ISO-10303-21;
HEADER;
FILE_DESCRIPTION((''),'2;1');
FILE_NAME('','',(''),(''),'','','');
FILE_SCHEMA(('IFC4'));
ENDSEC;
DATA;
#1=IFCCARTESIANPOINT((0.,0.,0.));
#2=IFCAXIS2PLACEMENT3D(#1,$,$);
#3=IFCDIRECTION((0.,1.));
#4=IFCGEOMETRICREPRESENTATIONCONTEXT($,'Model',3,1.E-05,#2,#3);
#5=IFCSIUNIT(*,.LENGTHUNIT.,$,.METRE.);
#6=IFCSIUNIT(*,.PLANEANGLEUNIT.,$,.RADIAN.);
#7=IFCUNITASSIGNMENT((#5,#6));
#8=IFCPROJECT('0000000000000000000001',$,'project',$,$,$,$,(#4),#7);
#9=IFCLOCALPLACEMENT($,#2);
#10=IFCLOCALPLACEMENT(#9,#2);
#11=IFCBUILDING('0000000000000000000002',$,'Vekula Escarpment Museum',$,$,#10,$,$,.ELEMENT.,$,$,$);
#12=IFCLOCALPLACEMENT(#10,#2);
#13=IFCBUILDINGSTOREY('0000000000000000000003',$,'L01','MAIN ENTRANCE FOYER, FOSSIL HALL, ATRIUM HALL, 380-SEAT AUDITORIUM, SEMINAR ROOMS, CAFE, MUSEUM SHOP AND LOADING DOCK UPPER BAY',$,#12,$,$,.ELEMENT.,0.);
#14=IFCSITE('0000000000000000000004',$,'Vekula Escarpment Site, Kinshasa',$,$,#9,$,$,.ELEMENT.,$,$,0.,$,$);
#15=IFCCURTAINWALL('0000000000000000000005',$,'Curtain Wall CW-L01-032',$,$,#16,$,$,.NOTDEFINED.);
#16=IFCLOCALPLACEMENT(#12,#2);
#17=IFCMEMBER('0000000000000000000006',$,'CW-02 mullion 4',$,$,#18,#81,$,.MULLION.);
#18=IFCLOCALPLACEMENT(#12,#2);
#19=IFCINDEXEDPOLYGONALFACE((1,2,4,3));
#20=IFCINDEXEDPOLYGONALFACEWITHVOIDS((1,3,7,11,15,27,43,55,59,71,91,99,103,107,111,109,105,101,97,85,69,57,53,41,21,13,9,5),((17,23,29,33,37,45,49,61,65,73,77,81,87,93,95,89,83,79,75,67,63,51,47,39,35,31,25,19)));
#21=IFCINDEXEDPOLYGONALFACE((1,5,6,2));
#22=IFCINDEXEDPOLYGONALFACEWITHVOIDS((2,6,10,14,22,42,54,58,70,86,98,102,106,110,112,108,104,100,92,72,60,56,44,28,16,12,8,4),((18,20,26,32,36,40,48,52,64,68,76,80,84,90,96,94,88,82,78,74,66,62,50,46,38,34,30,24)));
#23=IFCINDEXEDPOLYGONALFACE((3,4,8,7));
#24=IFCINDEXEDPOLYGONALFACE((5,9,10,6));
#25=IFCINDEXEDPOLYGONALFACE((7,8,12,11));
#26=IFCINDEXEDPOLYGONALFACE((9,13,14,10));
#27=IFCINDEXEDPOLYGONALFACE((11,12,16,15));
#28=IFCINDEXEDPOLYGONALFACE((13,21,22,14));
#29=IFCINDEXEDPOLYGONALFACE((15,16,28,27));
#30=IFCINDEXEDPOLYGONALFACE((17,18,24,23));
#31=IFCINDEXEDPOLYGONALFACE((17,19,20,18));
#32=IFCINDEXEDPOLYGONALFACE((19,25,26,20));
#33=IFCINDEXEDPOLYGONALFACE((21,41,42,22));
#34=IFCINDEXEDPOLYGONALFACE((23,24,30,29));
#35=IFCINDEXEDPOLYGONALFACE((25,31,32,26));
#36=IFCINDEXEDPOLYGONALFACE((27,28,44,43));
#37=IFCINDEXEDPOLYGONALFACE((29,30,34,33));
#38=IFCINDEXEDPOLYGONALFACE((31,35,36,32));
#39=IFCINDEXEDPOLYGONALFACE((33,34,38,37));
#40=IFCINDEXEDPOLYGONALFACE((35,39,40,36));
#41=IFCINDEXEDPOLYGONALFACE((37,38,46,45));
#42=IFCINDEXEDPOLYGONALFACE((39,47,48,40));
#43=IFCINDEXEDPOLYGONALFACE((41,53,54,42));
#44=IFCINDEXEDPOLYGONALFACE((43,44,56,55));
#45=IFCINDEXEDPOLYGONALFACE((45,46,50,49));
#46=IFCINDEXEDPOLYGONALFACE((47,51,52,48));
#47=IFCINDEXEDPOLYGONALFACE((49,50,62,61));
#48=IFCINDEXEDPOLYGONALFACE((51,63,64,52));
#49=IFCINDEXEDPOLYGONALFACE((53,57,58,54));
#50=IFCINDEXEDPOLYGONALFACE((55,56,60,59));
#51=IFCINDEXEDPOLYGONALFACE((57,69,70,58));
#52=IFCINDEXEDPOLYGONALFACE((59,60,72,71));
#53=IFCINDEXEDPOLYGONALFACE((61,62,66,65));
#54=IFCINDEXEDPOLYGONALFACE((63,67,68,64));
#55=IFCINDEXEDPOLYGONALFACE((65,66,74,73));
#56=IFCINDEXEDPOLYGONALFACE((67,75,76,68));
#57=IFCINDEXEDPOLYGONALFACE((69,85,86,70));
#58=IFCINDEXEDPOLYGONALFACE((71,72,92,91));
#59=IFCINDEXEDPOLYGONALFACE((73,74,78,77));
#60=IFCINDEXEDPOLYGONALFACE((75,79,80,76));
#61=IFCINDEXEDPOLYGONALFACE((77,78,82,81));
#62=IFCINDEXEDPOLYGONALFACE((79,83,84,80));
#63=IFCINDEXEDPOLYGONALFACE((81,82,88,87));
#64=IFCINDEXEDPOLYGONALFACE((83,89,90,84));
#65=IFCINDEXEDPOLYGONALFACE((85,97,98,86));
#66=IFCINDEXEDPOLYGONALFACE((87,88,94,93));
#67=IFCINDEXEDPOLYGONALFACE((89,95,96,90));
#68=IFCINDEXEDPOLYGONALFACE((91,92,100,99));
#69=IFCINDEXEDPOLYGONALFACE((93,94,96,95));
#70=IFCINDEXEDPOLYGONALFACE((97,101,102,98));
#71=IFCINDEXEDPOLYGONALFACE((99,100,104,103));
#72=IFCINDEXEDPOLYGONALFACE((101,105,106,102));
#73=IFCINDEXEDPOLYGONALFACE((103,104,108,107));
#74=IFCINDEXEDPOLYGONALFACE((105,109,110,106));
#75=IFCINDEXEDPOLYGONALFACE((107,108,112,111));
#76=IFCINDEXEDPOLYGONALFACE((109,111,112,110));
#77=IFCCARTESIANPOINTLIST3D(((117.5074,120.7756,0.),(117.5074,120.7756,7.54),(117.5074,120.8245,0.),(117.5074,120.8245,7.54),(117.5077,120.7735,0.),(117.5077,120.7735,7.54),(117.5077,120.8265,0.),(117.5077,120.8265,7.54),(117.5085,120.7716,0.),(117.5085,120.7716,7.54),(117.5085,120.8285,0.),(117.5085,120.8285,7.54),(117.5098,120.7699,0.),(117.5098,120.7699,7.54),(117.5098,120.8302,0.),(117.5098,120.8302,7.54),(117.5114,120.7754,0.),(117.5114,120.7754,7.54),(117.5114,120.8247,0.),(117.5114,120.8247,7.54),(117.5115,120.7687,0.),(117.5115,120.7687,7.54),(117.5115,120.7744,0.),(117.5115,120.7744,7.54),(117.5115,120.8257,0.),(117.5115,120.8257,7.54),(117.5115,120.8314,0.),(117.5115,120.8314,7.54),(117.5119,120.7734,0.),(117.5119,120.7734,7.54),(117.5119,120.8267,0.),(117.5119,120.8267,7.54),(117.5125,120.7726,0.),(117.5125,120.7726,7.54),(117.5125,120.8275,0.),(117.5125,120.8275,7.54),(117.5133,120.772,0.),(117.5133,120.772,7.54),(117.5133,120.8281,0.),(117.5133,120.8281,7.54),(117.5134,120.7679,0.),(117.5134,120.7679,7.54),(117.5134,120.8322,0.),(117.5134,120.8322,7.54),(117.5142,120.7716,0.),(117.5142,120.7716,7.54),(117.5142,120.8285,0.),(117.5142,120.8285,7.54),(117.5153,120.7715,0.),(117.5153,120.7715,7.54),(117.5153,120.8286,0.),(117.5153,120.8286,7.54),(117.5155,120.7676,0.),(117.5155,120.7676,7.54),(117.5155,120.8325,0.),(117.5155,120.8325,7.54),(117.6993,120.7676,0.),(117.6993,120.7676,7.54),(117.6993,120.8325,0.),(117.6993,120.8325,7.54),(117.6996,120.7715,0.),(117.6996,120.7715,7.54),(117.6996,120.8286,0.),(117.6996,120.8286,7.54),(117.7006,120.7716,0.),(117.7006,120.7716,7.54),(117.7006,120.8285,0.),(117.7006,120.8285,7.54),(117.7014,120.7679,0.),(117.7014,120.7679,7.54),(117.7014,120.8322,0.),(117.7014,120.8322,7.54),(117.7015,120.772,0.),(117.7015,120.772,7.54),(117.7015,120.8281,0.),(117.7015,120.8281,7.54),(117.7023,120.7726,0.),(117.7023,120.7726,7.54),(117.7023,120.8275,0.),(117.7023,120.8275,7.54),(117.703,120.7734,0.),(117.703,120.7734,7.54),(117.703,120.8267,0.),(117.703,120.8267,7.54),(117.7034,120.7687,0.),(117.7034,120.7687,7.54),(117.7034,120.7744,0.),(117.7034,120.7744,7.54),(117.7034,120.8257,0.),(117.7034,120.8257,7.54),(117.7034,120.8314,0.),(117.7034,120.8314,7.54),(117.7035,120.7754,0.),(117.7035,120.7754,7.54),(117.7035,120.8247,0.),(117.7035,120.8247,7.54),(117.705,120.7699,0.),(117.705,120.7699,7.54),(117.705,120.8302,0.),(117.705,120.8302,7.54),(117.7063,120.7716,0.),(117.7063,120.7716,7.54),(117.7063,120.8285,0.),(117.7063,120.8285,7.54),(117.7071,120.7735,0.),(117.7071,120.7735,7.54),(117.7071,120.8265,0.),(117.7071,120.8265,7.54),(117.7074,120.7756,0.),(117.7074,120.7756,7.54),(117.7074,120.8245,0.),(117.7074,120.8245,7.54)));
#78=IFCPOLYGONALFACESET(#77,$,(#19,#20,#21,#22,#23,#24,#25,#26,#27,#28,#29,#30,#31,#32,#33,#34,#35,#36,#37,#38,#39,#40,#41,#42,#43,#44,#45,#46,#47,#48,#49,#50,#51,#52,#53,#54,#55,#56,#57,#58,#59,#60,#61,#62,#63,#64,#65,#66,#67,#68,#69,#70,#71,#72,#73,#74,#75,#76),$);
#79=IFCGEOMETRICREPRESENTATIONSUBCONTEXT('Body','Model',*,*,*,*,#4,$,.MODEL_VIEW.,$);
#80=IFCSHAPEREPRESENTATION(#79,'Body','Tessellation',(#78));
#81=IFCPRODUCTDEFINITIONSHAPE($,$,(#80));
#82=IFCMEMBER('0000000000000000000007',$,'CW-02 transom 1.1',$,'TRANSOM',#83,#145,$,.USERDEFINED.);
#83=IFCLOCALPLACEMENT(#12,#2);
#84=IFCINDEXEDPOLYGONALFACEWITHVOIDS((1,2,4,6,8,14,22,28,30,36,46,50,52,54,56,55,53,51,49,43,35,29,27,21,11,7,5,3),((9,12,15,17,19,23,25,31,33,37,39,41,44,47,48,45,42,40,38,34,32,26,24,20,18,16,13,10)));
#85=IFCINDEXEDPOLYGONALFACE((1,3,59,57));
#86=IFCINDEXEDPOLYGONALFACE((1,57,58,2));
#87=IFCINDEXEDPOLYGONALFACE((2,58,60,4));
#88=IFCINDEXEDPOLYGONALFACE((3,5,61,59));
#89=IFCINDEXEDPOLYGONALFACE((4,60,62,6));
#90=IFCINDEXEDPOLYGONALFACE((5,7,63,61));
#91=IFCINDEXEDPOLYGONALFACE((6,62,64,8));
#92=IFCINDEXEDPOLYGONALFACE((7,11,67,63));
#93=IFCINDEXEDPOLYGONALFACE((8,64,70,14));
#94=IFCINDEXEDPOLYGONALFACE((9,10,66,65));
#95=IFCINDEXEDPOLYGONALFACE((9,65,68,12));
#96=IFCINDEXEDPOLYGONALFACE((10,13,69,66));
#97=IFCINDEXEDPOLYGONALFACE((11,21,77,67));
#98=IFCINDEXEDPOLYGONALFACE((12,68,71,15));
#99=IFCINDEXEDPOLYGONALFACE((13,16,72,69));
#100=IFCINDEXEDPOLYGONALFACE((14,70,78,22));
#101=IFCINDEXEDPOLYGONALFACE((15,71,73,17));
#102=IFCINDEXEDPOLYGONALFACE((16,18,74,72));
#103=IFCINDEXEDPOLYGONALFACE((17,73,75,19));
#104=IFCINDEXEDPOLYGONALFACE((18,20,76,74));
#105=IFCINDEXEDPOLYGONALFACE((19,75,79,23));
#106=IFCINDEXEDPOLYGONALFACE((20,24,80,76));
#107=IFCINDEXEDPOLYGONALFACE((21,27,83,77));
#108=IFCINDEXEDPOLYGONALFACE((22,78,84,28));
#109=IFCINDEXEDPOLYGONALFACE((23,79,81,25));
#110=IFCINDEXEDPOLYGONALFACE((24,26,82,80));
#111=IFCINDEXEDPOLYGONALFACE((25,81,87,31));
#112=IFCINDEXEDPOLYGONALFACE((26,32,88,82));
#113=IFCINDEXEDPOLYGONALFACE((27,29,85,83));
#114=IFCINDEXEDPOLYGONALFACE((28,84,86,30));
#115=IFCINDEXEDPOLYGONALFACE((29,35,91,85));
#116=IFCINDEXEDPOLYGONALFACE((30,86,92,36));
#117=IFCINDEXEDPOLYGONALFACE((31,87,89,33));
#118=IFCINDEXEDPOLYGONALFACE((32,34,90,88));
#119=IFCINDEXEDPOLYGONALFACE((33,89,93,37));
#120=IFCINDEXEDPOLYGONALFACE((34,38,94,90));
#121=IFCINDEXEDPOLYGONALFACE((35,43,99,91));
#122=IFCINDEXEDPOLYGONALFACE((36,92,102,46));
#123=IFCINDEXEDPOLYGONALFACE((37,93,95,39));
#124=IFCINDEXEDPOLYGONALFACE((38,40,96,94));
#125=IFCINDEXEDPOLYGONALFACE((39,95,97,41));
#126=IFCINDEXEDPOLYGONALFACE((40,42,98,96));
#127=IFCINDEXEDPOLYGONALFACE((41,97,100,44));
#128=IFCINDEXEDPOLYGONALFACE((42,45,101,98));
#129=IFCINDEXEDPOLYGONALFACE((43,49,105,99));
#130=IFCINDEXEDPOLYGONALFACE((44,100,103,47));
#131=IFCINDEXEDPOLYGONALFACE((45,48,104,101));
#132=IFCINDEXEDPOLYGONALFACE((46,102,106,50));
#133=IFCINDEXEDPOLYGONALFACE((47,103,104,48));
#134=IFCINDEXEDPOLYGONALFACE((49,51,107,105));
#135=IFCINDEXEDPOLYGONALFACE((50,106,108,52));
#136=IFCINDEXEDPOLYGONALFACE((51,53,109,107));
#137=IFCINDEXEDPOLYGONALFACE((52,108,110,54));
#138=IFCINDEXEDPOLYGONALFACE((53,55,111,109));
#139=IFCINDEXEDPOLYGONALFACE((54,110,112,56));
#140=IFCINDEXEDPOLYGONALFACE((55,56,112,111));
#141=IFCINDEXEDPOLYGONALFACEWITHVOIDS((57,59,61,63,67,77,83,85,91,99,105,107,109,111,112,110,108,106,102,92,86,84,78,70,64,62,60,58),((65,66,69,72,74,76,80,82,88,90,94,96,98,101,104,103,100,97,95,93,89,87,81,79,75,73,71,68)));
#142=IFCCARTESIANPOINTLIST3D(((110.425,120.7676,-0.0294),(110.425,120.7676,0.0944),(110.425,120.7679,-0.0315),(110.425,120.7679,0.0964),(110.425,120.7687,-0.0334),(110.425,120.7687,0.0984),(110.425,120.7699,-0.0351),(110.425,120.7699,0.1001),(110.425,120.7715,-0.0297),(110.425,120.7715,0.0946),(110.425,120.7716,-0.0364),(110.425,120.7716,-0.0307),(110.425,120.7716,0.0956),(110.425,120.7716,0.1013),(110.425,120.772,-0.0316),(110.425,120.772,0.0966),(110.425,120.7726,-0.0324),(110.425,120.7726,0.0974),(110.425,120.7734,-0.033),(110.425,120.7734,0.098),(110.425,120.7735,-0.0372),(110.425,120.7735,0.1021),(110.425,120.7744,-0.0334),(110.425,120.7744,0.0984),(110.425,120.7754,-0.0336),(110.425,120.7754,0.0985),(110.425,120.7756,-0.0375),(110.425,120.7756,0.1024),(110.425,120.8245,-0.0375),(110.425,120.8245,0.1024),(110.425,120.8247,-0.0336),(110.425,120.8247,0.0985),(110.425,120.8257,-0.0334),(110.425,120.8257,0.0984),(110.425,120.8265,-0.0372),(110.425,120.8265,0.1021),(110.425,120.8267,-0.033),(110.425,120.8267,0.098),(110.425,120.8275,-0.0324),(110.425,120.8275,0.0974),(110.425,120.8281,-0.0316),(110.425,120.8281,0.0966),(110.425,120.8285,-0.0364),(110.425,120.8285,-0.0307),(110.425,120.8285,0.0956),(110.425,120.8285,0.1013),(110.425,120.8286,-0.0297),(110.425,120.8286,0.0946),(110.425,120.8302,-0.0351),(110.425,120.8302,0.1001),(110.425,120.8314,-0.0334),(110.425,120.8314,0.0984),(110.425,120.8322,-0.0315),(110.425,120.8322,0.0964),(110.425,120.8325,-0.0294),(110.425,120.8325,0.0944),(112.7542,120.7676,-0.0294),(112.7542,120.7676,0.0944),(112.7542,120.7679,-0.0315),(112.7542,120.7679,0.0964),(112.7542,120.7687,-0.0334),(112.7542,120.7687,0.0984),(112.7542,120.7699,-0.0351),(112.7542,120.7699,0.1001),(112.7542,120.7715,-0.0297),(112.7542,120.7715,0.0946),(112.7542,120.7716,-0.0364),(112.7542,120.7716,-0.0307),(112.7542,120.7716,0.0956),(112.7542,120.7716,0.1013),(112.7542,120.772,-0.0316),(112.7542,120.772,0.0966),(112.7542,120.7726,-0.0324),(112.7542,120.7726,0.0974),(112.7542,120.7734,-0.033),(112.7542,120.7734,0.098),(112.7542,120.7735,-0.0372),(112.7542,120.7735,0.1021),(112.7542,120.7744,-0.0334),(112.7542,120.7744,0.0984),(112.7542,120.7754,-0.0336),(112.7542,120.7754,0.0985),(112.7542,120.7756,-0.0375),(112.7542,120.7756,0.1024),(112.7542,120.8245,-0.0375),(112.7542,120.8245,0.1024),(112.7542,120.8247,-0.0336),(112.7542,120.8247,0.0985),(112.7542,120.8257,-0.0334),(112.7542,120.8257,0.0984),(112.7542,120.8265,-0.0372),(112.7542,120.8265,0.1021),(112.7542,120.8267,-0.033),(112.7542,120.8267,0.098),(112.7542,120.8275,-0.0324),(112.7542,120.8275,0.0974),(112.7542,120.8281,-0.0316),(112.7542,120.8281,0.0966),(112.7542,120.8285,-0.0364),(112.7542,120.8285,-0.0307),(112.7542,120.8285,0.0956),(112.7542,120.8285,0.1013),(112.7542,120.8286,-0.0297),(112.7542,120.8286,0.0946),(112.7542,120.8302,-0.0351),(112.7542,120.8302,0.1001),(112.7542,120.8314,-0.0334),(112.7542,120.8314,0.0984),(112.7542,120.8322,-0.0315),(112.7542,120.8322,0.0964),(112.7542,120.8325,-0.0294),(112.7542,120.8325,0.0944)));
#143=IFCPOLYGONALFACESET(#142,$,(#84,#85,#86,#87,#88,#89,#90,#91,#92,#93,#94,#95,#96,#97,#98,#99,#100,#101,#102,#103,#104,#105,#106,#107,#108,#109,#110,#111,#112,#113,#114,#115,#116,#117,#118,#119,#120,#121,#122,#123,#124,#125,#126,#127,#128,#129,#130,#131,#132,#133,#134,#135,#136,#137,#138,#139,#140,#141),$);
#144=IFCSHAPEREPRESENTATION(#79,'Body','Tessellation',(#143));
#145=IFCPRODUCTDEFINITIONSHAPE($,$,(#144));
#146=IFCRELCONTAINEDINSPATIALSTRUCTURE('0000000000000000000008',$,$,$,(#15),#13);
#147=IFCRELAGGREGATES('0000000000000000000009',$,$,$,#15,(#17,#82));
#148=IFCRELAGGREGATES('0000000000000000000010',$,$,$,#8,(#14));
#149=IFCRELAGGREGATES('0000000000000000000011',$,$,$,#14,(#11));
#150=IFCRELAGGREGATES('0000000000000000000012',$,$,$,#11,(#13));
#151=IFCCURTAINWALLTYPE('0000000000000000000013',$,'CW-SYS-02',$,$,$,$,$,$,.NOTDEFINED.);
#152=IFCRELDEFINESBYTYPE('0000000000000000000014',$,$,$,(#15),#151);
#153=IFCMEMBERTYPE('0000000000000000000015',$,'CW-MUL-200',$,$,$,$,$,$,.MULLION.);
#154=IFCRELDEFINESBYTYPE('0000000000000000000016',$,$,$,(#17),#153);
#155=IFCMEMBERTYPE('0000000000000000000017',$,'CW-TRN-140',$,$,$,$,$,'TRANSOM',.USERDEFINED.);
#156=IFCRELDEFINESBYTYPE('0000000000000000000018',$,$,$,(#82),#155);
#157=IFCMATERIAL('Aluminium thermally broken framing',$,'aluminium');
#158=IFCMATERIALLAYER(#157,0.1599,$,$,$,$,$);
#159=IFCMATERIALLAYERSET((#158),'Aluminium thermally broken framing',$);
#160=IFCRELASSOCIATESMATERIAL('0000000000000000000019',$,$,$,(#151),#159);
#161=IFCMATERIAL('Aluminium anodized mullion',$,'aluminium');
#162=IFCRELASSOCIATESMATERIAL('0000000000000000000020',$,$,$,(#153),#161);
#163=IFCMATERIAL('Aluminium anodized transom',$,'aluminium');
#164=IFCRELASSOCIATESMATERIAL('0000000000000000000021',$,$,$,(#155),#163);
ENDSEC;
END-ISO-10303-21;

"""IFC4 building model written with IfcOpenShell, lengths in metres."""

from ifc_helpers import new_model, si_unit, direction, frame, origin, origin_2d, place, context, subcontext, project, spatial, hollow_rectangle, extrude, material, layer, layer_set, material_profile, profile_set, type_object, element, aggregate, save


model = new_model("IFC4")

# Units and contexts
model_context = context("Model", 3, precision=1e-05, world=origin(), true_north=direction((0.0, 1.0)))
body_context = subcontext(model_context, "Body", "Model", "MODEL_VIEW")
ifc_project = project(units=[si_unit("LENGTHUNIT", "METRE"), si_unit("PLANEANGLEUNIT", "RADIAN")], contexts=[model_context])

# Site, building, storey
site_placement = place(None, origin())
site = spatial("IfcSite", under=ifc_project, at=site_placement, Name="Vekula Escarpment Site, Kinshasa", CompositionType="ELEMENT", RefElevation=0.0)
building_placement = place(site_placement, origin())
building = spatial("IfcBuilding", under=site, at=building_placement, Name="Vekula Escarpment Museum", CompositionType="ELEMENT")
storey_placement = place(building_placement, origin())
storey = spatial("IfcBuildingStorey", under=building, at=storey_placement, Name="L01", Description="MAIN ENTRANCE FOYER, FOSSIL HALL, ATRIUM HALL, 380-SEAT AUDITORIUM, SEMINAR ROOMS, CAFE, MUSEUM SHOP AND LOADING DOCK UPPER BAY", CompositionType="ELEMENT", Elevation=0.0)

# Curtain wall, members
ifc_material_1 = material(Name="Aluminium thermally broken framing", Category="aluminium")
ifc_layer_1 = layer(ifc_material_1, 0.1599)
ifc_layer_set_1 = layer_set([ifc_layer_1], Name="Aluminium thermally broken framing")
curtain_wall_type = type_object("IfcCurtainWallType", Name="CW-SYS-02", PredefinedType="NOTDEFINED", material=ifc_layer_set_1)
curtain_wall_placement = place(storey_placement, origin())
curtain_wall = element("IfcCurtainWall", 1, at=curtain_wall_placement, inside=storey, type_object=curtain_wall_type, Name="Curtain Wall CW-L01-032", PredefinedType="NOTDEFINED")
ifc_material_2 = material(Name="Aluminium anodized mullion", Category="aluminium")
ifc_material_profile_1 = material_profile(ifc_material_2, hollow_rectangle(XDim=0.0649, YDim=0.2, WallThickness=0.0039, InnerFilletRadius=0.0039, OuterFilletRadius=0.0081, at=origin_2d()), Name="ALU 200x65x4")
ifc_profile_set_1 = profile_set([ifc_material_profile_1], Name="Aluminium anodized mullion")
member_type_1 = type_object("IfcMemberType", Name="CW-MUL-200", PredefinedType="MULLION", material=ifc_profile_set_1)
member_1_placement = place(storey_placement, frame((117.6074, 120.8, 0.0), z_axis=(0.0, 0.0, 1.0), x_axis=(0.0, 1.0, 0.0)))
member_1 = element("IfcMember", 2, at=member_1_placement, type_object=member_type_1, Name="CW-02 mullion 4", PredefinedType="MULLION", context=body_context, shape_type="SweptSolid", body=[
    extrude(hollow_rectangle(XDim=0.0649, YDim=0.2, WallThickness=0.0039, InnerFilletRadius=0.0039, OuterFilletRadius=0.0081, at=origin_2d()), origin(), (0.0, 0.0, 1.0), 7.54),
])
ifc_material_3 = material(Name="Aluminium anodized transom", Category="aluminium")
ifc_material_profile_2 = material_profile(ifc_material_3, hollow_rectangle(XDim=0.0649, YDim=0.1399, WallThickness=0.0039, InnerFilletRadius=0.0039, OuterFilletRadius=0.0081, at=origin_2d()), Name="ALU 140x65x4")
ifc_profile_set_2 = profile_set([ifc_material_profile_2], Name="Aluminium anodized transom")
member_type_2 = type_object("IfcMemberType", Name="CW-TRN-140", ElementType="TRANSOM", PredefinedType="USERDEFINED", material=ifc_profile_set_2)
member_2_placement = place(storey_placement, frame((110.425, 120.8, 0.0325), z_axis=(1.0, 0.0, 0.0), x_axis=(0.0, 1.0, 0.0)))
member_2 = element("IfcMember", 3, at=member_2_placement, type_object=member_type_2, Name="CW-02 transom 1.1", ObjectType="TRANSOM", PredefinedType="USERDEFINED", context=body_context, shape_type="SweptSolid", body=[
    extrude(hollow_rectangle(XDim=0.0649, YDim=0.1399, WallThickness=0.0039, InnerFilletRadius=0.0039, OuterFilletRadius=0.0081, at=origin_2d()), origin(), (0.0, 0.0, 1.0), 2.3291),
])
aggregate(curtain_wall, [member_1, member_2])

save(model, "model.ifc")
